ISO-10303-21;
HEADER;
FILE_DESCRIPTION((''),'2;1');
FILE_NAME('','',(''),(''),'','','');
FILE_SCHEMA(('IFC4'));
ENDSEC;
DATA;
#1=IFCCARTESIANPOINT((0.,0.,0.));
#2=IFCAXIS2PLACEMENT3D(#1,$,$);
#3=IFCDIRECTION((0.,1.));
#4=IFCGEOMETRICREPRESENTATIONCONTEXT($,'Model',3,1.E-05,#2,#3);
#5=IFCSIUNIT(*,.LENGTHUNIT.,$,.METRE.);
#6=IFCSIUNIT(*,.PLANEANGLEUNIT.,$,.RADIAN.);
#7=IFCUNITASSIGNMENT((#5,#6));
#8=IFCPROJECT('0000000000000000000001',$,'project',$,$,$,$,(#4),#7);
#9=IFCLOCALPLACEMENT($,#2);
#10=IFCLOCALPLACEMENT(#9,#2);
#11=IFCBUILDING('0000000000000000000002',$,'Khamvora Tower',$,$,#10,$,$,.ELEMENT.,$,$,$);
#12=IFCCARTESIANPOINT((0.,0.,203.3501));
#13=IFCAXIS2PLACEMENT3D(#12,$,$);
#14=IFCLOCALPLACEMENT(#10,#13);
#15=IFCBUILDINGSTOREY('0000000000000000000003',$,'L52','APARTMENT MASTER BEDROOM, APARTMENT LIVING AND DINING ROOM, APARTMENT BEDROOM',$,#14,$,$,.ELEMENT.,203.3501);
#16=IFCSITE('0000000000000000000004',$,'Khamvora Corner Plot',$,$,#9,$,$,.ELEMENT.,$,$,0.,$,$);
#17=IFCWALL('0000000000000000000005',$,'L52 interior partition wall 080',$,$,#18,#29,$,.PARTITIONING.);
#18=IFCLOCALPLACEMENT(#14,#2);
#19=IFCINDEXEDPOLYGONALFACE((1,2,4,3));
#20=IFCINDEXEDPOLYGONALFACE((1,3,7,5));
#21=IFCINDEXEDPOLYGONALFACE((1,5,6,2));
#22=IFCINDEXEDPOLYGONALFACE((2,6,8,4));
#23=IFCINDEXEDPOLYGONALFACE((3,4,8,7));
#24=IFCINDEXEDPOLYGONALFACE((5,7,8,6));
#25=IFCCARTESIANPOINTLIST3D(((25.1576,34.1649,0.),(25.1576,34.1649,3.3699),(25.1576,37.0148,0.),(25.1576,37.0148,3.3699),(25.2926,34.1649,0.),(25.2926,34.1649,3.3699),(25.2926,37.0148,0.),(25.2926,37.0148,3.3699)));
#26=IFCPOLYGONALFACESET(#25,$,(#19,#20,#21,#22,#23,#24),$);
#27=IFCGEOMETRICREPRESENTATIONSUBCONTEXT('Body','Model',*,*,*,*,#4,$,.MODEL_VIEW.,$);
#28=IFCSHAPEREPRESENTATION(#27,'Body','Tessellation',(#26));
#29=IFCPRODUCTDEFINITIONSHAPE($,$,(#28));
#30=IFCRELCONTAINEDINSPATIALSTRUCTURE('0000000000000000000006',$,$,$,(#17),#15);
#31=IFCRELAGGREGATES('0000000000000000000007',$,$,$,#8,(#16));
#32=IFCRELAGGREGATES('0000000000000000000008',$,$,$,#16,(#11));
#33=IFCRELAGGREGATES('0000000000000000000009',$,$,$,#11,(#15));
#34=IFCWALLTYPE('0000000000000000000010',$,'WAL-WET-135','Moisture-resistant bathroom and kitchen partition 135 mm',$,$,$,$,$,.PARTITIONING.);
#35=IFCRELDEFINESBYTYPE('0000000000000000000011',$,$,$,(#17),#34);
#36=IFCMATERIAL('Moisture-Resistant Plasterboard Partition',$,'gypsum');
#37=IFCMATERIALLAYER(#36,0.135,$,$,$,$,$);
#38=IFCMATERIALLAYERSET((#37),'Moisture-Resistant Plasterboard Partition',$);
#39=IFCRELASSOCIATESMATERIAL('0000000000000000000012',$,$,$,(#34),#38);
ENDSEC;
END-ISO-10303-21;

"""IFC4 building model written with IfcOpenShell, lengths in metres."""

from ifc_helpers import new_model, si_unit, direction, frame, frame_2d, origin, place, context, subcontext, project, spatial, rectangle, extrude, material, layer, layer_set, type_object, element, save


model = new_model("IFC4")

# Units and contexts
model_context = context("Model", 3, precision=1e-05, world=origin(), true_north=direction((0.0, 1.0)))
body_context = subcontext(model_context, "Body", "Model", "MODEL_VIEW")
ifc_project = project(units=[si_unit("LENGTHUNIT", "METRE"), si_unit("PLANEANGLEUNIT", "RADIAN")], contexts=[model_context])

# Site, building, storey
site_placement = place(None, origin())
site = spatial("IfcSite", under=ifc_project, at=site_placement, Name="Khamvora Corner Plot", CompositionType="ELEMENT", RefElevation=0.0)
building_placement = place(site_placement, origin())
building = spatial("IfcBuilding", under=site, at=building_placement, Name="Khamvora Tower", CompositionType="ELEMENT")
storey_placement = place(building_placement, frame((0.0, 0.0, 203.3501)))
storey = spatial("IfcBuildingStorey", under=building, at=storey_placement, Name="L52", Description="APARTMENT MASTER BEDROOM, APARTMENT LIVING AND DINING ROOM, APARTMENT BEDROOM", CompositionType="ELEMENT", Elevation=203.3501)

# Shared definitions
ifc_material_1 = material(Name="Moisture-Resistant Plasterboard Partition", Category="gypsum")
ifc_layer_1 = layer(ifc_material_1, 0.135)
ifc_layer_set_1 = layer_set([ifc_layer_1], Name="Moisture-Resistant Plasterboard Partition")
wall_type_1 = type_object("IfcWallType", Name="WAL-WET-135", Description="Moisture-resistant bathroom and kitchen partition 135 mm", PredefinedType="PARTITIONING", material=ifc_layer_set_1)

# Wall
wall_1_placement = place(storey_placement, frame((25.2251, 34.165, 0.0), z_axis=(0.0, 0.0, 1.0), x_axis=(0.0, 1.0, 0.0)))
element("IfcWall", 1, at=wall_1_placement, inside=storey, type_object=wall_type_1, Name="L52 interior partition wall 080", PredefinedType="PARTITIONING", context=body_context, shape_type="SweptSolid", body=[
    extrude(rectangle(XDim=2.8499, YDim=0.135, at=frame_2d((1.4248, 0.0))), origin(), (0.0, 0.0, 1.0), 3.3699),
])

save(model, "model.ifc")
